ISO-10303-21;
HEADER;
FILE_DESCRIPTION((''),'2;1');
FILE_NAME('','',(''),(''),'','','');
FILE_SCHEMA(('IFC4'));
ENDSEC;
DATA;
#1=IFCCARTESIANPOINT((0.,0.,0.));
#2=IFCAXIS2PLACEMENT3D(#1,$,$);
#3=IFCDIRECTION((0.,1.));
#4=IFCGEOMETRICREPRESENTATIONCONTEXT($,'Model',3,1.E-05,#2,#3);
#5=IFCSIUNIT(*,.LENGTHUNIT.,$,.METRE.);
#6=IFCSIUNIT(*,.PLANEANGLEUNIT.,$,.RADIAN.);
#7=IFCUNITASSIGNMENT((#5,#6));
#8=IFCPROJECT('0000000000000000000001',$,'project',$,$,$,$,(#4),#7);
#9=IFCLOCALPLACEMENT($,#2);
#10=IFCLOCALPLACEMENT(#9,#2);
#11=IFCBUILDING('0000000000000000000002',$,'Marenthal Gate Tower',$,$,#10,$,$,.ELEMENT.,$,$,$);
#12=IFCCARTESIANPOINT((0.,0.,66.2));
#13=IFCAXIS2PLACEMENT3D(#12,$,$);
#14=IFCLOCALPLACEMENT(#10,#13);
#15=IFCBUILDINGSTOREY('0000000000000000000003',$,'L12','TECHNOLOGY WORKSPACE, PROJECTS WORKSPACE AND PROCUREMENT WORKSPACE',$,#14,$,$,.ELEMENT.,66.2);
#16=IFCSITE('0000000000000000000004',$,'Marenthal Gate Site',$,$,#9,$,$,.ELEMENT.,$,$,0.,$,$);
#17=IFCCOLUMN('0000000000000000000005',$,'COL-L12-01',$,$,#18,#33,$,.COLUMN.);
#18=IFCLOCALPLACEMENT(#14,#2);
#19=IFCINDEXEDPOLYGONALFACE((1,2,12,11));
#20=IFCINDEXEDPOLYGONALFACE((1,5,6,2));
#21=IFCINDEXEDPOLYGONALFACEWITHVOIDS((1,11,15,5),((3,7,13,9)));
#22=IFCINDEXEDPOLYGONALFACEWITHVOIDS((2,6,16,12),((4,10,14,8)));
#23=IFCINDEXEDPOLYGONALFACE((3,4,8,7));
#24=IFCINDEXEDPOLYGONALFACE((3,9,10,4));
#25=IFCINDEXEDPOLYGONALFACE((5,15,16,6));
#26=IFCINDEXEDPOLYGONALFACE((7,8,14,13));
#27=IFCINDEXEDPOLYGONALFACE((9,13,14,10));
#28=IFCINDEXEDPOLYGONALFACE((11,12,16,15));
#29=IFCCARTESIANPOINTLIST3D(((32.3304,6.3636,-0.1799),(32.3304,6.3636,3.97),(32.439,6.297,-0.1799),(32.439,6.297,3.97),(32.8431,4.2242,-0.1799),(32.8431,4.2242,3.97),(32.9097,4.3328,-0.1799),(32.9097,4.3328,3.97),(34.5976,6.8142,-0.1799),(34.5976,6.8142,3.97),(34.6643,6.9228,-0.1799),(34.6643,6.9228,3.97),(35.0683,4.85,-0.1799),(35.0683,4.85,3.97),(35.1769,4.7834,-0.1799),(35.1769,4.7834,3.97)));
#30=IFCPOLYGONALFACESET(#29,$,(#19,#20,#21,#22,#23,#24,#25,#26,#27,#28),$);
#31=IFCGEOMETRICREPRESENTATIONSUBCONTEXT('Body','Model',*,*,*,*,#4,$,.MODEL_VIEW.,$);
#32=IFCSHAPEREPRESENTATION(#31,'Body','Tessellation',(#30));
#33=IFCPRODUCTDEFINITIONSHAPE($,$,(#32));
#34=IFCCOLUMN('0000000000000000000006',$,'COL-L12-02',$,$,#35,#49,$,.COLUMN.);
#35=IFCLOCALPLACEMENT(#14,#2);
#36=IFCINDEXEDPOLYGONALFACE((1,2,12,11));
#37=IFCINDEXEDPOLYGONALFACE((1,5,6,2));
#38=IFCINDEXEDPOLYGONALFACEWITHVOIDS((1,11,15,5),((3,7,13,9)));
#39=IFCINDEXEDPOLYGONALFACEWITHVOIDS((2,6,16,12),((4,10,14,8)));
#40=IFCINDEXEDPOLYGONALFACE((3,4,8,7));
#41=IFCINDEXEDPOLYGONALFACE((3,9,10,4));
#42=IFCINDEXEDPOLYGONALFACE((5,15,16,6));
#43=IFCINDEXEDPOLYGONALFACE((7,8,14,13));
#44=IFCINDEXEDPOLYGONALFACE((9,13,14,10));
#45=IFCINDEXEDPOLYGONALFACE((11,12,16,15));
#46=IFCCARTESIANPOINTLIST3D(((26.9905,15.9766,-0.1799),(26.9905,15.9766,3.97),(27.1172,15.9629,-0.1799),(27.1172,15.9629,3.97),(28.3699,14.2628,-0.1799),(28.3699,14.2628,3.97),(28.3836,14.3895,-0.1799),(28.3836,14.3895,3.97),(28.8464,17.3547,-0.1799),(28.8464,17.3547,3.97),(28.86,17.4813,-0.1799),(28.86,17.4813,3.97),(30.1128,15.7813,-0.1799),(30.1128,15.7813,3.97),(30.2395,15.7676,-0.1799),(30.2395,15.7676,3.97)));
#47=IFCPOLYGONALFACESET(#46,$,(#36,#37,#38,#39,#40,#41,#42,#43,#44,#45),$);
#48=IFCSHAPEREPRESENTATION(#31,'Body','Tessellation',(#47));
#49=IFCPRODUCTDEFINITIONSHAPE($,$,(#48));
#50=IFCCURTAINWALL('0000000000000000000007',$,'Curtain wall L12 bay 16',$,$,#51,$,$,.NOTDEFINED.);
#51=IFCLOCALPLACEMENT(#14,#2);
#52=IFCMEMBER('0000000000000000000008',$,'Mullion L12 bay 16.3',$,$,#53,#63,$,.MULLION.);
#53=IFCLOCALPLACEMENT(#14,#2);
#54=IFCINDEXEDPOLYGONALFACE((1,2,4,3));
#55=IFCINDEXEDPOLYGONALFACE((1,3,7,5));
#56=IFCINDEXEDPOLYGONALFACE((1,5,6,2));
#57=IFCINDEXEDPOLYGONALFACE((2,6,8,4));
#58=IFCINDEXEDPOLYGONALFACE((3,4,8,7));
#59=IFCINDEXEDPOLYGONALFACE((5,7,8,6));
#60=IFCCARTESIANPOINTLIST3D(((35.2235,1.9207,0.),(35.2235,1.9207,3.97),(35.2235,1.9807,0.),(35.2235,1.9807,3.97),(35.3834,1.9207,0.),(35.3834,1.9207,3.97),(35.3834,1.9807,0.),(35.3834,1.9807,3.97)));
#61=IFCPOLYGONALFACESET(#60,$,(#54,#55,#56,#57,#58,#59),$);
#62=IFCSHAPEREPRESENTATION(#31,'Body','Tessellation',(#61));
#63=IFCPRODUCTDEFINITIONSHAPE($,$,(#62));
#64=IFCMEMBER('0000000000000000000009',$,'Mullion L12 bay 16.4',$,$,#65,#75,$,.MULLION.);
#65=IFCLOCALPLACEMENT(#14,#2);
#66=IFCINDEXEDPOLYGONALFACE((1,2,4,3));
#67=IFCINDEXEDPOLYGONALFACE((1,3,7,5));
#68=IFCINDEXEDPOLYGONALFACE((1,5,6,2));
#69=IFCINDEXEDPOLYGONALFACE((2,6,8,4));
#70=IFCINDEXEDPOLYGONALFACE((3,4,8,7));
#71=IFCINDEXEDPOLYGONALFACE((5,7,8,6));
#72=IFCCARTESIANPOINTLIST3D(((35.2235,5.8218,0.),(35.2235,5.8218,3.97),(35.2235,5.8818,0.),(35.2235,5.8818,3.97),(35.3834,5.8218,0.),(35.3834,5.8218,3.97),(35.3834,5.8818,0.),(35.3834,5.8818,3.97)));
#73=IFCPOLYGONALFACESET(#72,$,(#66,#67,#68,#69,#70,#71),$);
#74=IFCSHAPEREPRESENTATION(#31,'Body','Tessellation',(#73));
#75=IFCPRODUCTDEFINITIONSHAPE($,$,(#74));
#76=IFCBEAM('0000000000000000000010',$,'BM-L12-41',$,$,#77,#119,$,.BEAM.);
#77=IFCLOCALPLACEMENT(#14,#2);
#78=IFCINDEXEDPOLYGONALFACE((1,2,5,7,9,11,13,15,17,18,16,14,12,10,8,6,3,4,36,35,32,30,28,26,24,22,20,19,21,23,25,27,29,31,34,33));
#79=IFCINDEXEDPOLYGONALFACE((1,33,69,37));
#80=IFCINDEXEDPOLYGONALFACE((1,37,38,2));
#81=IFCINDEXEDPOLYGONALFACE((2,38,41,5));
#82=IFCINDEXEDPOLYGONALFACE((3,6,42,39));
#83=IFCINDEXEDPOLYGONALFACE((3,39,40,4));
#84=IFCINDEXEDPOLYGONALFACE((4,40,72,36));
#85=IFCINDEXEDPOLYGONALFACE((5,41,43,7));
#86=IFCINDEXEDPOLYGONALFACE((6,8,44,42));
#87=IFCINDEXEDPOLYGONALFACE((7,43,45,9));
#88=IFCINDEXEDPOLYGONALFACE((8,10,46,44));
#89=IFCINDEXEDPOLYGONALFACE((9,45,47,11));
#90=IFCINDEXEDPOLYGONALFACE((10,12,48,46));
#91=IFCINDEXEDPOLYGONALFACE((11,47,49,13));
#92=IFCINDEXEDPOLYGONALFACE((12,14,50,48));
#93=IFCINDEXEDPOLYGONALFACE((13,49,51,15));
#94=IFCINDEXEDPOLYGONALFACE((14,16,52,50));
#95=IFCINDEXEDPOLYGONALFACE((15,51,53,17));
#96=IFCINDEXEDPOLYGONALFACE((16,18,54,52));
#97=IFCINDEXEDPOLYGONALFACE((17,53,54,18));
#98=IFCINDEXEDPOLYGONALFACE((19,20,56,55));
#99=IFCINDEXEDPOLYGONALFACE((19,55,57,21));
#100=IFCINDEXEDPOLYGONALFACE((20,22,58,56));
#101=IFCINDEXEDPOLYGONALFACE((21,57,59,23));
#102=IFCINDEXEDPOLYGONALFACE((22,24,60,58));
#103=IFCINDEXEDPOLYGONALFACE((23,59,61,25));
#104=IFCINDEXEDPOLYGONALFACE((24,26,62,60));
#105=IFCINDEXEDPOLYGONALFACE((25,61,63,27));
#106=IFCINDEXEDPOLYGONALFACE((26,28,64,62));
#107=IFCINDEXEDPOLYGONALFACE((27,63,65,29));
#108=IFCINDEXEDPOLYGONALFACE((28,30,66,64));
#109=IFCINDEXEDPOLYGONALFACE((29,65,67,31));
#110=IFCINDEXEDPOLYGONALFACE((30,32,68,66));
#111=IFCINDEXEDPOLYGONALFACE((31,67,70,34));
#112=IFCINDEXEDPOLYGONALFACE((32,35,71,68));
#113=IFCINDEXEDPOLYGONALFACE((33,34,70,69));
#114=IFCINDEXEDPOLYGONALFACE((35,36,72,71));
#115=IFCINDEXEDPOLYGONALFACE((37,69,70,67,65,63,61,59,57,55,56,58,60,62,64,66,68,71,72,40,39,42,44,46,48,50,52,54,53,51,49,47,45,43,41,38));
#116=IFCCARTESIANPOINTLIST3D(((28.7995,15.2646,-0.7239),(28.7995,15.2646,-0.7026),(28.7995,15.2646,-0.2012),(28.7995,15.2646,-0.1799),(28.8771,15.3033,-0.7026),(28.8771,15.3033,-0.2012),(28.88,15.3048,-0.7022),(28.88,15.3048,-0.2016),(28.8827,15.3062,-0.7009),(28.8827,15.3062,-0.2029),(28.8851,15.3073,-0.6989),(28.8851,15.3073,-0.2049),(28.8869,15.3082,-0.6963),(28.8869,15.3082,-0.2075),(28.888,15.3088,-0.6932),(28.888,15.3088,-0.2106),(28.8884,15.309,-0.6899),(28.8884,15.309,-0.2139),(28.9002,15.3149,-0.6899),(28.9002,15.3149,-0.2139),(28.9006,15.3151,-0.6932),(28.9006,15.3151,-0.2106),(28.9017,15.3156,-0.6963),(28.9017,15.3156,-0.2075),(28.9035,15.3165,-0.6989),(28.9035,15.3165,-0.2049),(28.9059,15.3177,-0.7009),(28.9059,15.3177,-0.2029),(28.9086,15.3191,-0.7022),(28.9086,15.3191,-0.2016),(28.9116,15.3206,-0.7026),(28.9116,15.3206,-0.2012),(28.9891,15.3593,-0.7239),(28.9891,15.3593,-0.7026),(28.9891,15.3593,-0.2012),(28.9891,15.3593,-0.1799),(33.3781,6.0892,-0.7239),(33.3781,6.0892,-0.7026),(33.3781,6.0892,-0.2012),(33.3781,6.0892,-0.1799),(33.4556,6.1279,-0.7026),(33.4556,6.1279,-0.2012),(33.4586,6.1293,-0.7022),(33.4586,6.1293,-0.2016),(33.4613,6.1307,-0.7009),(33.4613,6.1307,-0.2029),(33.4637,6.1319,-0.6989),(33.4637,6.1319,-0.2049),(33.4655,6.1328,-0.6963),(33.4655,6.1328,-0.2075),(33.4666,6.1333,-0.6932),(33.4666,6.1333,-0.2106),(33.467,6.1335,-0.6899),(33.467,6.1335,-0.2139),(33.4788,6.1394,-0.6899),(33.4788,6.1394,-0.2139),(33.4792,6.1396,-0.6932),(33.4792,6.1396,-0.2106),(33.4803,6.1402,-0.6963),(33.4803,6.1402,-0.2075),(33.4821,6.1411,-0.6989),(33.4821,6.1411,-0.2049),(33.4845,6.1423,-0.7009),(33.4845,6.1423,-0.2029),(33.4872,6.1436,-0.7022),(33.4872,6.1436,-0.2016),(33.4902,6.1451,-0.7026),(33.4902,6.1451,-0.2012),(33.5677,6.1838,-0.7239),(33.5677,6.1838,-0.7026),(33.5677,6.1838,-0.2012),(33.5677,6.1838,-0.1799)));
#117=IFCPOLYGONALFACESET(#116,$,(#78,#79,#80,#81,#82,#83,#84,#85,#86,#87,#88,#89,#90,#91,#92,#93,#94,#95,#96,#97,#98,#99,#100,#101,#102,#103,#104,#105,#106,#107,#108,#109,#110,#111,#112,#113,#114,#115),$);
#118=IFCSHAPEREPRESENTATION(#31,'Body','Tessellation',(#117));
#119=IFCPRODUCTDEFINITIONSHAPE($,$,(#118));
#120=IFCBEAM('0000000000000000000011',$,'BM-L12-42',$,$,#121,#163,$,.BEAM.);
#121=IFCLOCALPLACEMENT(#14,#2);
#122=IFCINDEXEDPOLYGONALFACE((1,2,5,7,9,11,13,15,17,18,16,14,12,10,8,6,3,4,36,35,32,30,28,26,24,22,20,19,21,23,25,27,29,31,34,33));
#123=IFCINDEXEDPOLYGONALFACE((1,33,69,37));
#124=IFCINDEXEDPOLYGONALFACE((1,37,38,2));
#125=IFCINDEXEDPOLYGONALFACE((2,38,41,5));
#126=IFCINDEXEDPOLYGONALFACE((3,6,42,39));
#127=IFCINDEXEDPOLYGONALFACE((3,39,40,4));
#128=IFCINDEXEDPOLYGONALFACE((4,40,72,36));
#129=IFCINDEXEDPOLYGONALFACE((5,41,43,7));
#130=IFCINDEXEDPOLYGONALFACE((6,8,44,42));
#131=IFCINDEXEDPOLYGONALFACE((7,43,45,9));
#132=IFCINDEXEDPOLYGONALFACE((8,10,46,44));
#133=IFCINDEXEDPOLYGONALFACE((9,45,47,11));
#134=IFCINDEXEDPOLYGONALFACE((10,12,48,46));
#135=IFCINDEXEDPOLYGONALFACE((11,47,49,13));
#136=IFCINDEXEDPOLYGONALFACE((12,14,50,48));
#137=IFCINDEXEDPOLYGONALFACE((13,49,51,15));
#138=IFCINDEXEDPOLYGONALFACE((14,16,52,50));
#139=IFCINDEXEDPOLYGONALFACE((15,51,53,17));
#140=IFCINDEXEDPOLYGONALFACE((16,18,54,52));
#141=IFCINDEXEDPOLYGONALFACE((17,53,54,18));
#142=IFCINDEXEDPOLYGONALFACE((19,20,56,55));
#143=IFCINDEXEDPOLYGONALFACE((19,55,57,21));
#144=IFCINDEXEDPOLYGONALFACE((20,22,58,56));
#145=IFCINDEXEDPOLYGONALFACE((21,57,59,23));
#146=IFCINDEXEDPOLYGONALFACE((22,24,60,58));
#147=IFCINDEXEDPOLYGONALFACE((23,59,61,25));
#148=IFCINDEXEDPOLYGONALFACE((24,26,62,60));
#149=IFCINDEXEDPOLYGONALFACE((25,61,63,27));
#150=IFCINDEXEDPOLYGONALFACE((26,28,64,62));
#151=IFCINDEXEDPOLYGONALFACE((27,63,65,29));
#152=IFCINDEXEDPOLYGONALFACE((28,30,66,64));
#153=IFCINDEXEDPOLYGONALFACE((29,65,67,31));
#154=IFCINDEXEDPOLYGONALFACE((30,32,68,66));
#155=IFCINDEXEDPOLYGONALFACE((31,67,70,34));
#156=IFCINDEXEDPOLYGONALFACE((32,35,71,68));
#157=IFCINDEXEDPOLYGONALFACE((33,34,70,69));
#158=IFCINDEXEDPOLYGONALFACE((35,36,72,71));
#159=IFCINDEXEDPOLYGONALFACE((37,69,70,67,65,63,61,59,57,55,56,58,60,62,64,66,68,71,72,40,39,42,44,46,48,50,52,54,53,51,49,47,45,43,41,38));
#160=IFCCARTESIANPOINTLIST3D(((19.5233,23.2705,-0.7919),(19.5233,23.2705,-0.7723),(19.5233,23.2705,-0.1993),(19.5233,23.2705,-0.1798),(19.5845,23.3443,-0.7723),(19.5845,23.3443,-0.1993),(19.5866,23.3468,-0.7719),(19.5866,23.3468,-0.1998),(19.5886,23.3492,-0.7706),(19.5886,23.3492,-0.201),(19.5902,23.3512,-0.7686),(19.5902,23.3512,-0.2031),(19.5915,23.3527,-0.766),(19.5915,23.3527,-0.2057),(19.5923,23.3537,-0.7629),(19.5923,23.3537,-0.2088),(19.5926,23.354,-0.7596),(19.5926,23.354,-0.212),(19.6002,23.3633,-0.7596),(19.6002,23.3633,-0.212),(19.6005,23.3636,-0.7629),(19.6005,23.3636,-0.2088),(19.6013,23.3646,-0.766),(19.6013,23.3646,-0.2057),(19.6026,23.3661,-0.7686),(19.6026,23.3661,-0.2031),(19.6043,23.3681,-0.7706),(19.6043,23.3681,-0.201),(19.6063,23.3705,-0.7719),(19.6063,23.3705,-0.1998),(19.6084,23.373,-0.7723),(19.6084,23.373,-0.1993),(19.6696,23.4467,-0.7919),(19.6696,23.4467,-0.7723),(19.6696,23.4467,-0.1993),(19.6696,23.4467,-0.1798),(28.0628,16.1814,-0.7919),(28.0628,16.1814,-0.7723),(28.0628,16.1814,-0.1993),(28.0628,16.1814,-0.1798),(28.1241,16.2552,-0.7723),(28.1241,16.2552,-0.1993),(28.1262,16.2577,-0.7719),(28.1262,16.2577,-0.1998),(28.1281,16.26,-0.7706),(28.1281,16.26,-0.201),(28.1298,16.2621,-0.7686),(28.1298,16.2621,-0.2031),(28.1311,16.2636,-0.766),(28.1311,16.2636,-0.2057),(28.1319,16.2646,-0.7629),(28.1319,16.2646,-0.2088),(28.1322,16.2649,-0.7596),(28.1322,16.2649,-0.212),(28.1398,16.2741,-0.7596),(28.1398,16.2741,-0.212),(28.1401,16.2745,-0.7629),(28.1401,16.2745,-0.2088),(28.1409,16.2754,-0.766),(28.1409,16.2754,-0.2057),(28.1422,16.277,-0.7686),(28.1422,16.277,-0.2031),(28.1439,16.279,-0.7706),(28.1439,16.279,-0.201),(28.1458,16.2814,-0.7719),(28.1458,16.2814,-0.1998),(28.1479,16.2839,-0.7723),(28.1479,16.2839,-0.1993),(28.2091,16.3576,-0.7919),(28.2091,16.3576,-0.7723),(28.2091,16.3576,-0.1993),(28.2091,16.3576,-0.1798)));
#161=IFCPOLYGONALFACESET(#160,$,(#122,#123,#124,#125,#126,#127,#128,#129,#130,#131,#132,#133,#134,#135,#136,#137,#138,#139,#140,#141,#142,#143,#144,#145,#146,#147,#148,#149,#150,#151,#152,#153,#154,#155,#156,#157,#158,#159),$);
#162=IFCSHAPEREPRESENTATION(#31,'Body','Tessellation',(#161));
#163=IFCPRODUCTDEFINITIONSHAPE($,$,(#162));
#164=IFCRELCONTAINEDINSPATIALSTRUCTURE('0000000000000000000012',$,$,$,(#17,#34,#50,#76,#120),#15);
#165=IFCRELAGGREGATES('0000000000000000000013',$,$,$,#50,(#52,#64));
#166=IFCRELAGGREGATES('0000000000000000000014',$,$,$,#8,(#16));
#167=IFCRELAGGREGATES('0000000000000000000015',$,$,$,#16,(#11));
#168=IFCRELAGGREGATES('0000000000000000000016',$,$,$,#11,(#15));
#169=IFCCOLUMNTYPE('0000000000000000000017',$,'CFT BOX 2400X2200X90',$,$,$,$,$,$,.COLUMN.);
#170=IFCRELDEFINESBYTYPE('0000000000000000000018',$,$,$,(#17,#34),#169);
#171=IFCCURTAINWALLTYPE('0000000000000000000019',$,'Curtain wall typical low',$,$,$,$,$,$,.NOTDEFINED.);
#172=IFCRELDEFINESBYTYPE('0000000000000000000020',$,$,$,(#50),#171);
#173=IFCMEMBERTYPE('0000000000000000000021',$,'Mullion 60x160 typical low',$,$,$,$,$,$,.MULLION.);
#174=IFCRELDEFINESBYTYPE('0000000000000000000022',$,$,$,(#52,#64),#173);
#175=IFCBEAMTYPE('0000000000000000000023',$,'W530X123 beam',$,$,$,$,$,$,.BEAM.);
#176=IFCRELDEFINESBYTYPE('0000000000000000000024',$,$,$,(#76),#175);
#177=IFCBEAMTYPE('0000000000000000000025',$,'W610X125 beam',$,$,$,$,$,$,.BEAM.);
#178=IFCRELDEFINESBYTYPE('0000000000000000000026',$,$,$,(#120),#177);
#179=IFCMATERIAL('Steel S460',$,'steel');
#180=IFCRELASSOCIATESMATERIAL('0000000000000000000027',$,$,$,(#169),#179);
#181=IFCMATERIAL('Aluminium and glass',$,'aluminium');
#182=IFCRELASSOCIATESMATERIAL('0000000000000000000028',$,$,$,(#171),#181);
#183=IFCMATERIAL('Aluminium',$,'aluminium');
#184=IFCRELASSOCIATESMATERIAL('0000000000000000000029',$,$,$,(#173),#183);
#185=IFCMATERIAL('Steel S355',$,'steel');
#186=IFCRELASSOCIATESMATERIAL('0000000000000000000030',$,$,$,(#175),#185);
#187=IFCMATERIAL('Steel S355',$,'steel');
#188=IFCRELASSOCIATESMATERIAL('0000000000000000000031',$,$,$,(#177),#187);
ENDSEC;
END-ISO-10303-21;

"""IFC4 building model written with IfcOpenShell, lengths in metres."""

from ifc_helpers import new_model, si_unit, direction, frame, origin, origin_2d, place, context, subcontext, project, spatial, rectangle, hollow_rectangle, i_section, extrude, material, material_profile, profile_set, type_object, element, aggregate, save


model = new_model("IFC4")

# Units and contexts
model_context = context("Model", 3, precision=1e-05, world=origin(), true_north=direction((0.0, 1.0)))
body_context = subcontext(model_context, "Body", "Model", "MODEL_VIEW")
ifc_project = project(units=[si_unit("LENGTHUNIT", "METRE"), si_unit("PLANEANGLEUNIT", "RADIAN")], contexts=[model_context])

# Site, building, storey
site_placement = place(None, origin())
site = spatial("IfcSite", under=ifc_project, at=site_placement, Name="Marenthal Gate Site", CompositionType="ELEMENT", RefElevation=0.0)
building_placement = place(site_placement, origin())
building = spatial("IfcBuilding", under=site, at=building_placement, Name="Marenthal Gate Tower", CompositionType="ELEMENT")
storey_placement = place(building_placement, frame((0.0, 0.0, 66.2)))
storey = spatial("IfcBuildingStorey", under=building, at=storey_placement, Name="L12", Description="TECHNOLOGY WORKSPACE, PROJECTS WORKSPACE AND PROCUREMENT WORKSPACE", CompositionType="ELEMENT", Elevation=66.2)

# Columns
ifc_material_1 = material(Name="Steel S460", Category="steel")
ifc_material_profile_1 = material_profile(ifc_material_1, hollow_rectangle(XDim=2.2, YDim=2.3999, WallThickness=0.0901, at=origin_2d()), Name="CFT BOX 2400X2200X90")
ifc_material_2 = material(Name="Concrete 70 MPa", Category="concrete")
ifc_material_profile_2 = material_profile(ifc_material_2, rectangle(XDim=2.02, YDim=2.22, at=origin_2d()), Name="CFT BOX 2400X2200X90 INFILL")
ifc_profile_set_1 = profile_set([ifc_material_profile_1, ifc_material_profile_2], Name="Steel S460 shell, Concrete 70 MPa infill")
column_type = type_object("IfcColumnType", Name="CFT BOX 2400X2200X90", PredefinedType="COLUMN", material=ifc_profile_set_1)
for number, where, z_axis, x_axis, name in (
    (1, (33.7537, 5.5735, -0.1799), (0.0, 0.0, 1.0), (0.233019, -0.972472, 0.0), "COL-L12-01"),
    (2, (28.615, 15.8721, -0.1799), (0.0, 0.0, 1.0), (0.627023, -0.779001, 0.0), "COL-L12-02"),
):
    element("IfcColumn", number, at=place(storey_placement, frame(where, z_axis=z_axis, x_axis=x_axis)), inside=storey, type_object=column_type, Name=name, PredefinedType="COLUMN", context=body_context, shape_type="SweptSolid", body=[
        extrude(hollow_rectangle(XDim=2.2, YDim=2.3999, WallThickness=0.0901, at=origin_2d()), origin(), (0.0, 0.0, 1.0), 4.1499),
    ])

# Curtain wall, members
ifc_material_3 = material(Name="Aluminium and glass", Category="aluminium")
curtain_wall_type = type_object("IfcCurtainWallType", Name="Curtain wall typical low", PredefinedType="NOTDEFINED", material=ifc_material_3)
curtain_wall_placement = place(storey_placement, origin())
curtain_wall = element("IfcCurtainWall", 3, at=curtain_wall_placement, inside=storey, type_object=curtain_wall_type, Name="Curtain wall L12 bay 16", PredefinedType="NOTDEFINED")
ifc_material_4 = material(Name="Aluminium", Category="aluminium")
ifc_material_profile_3 = material_profile(ifc_material_4, rectangle(XDim=0.1599, YDim=0.0601, at=origin_2d()), Name="60x160 aluminium mullion")
ifc_profile_set_2 = profile_set([ifc_material_profile_3], Name="Aluminium")
member_type = type_object("IfcMemberType", Name="Mullion 60x160 typical low", PredefinedType="MULLION", material=ifc_profile_set_2)
member_1_placement = place(storey_placement, frame((35.3035, 1.9507, 0.0), z_axis=(0.0, 0.0, 1.0), x_axis=(-1.0, 0.0, 0.0)))
member_1 = element("IfcMember", 4, at=member_1_placement, type_object=member_type, Name="Mullion L12 bay 16.3", PredefinedType="MULLION", context=body_context, shape_type="SweptSolid", body=[
    extrude(rectangle(XDim=0.1599, YDim=0.0601, at=origin_2d()), origin(), (0.0, 0.0, 1.0), 3.97),
])
member_2_placement = place(storey_placement, frame((35.3035, 5.8518, 0.0), z_axis=(0.0, 0.0, 1.0), x_axis=(-1.0, 0.0, 0.0)))
member_2 = element("IfcMember", 5, at=member_2_placement, type_object=member_type, Name="Mullion L12 bay 16.4", PredefinedType="MULLION", context=body_context, shape_type="SweptSolid", body=[
    extrude(rectangle(XDim=0.1599, YDim=0.0601, at=origin_2d()), origin(), (0.0, 0.0, 1.0), 3.97),
])

# Beams
ifc_material_5 = material(Name="Steel S355", Category="steel")
ifc_material_profile_4 = material_profile(ifc_material_5, i_section(OverallWidth=0.2119, OverallDepth=0.5439, WebThickness=0.0132, FlangeThickness=0.0212, FilletRadius=0.0127, at=origin_2d()), Name="W530X123")
ifc_profile_set_3 = profile_set([ifc_material_profile_4], Name="Steel S355")
beam_type_1 = type_object("IfcBeamType", Name="W530X123 beam", PredefinedType="BEAM", material=ifc_profile_set_3)
beam_1_placement = place(storey_placement, frame((33.4729, 6.1365, -0.4519), z_axis=(-0.446499, 0.894784, 0.0), x_axis=(-0.894784, -0.446499, 0.0)))
element("IfcBeam", 6, at=beam_1_placement, inside=storey, type_object=beam_type_1, Name="BM-L12-41", PredefinedType="BEAM", context=body_context, shape_type="SweptSolid", body=[
    extrude(i_section(OverallWidth=0.2119, OverallDepth=0.5439, WebThickness=0.0132, FlangeThickness=0.0212, FilletRadius=0.0127, at=origin_2d()), origin(), (0.0, 0.0, 1.0), 10.2544),
])
ifc_material_6 = material(Name="Steel S355", Category="steel")
ifc_material_profile_5 = material_profile(ifc_material_6, i_section(OverallWidth=0.229, OverallDepth=0.6121, WebThickness=0.012, FlangeThickness=0.0195, FilletRadius=0.0127, at=origin_2d()), Name="W610X125")
ifc_profile_set_4 = profile_set([ifc_material_profile_5], Name="Steel S355")
beam_type_2 = type_object("IfcBeamType", Name="W610X125 beam", PredefinedType="BEAM", material=ifc_profile_set_4)
beam_2_placement = place(storey_placement, frame((28.136, 16.2695, -0.4858), z_axis=(-0.769424, 0.638738, 0.0), x_axis=(-0.638738, -0.769424, 0.0)))
element("IfcBeam", 7, at=beam_2_placement, inside=storey, type_object=beam_type_2, Name="BM-L12-42", PredefinedType="BEAM", context=body_context, shape_type="SweptSolid", body=[
    extrude(i_section(OverallWidth=0.229, OverallDepth=0.6121, WebThickness=0.012, FlangeThickness=0.0195, FilletRadius=0.0127, at=origin_2d()), origin(), (0.0, 0.0, 1.0), 11.0986),
])

aggregate(curtain_wall, [member_1, member_2])

save(model, "model.ifc")
